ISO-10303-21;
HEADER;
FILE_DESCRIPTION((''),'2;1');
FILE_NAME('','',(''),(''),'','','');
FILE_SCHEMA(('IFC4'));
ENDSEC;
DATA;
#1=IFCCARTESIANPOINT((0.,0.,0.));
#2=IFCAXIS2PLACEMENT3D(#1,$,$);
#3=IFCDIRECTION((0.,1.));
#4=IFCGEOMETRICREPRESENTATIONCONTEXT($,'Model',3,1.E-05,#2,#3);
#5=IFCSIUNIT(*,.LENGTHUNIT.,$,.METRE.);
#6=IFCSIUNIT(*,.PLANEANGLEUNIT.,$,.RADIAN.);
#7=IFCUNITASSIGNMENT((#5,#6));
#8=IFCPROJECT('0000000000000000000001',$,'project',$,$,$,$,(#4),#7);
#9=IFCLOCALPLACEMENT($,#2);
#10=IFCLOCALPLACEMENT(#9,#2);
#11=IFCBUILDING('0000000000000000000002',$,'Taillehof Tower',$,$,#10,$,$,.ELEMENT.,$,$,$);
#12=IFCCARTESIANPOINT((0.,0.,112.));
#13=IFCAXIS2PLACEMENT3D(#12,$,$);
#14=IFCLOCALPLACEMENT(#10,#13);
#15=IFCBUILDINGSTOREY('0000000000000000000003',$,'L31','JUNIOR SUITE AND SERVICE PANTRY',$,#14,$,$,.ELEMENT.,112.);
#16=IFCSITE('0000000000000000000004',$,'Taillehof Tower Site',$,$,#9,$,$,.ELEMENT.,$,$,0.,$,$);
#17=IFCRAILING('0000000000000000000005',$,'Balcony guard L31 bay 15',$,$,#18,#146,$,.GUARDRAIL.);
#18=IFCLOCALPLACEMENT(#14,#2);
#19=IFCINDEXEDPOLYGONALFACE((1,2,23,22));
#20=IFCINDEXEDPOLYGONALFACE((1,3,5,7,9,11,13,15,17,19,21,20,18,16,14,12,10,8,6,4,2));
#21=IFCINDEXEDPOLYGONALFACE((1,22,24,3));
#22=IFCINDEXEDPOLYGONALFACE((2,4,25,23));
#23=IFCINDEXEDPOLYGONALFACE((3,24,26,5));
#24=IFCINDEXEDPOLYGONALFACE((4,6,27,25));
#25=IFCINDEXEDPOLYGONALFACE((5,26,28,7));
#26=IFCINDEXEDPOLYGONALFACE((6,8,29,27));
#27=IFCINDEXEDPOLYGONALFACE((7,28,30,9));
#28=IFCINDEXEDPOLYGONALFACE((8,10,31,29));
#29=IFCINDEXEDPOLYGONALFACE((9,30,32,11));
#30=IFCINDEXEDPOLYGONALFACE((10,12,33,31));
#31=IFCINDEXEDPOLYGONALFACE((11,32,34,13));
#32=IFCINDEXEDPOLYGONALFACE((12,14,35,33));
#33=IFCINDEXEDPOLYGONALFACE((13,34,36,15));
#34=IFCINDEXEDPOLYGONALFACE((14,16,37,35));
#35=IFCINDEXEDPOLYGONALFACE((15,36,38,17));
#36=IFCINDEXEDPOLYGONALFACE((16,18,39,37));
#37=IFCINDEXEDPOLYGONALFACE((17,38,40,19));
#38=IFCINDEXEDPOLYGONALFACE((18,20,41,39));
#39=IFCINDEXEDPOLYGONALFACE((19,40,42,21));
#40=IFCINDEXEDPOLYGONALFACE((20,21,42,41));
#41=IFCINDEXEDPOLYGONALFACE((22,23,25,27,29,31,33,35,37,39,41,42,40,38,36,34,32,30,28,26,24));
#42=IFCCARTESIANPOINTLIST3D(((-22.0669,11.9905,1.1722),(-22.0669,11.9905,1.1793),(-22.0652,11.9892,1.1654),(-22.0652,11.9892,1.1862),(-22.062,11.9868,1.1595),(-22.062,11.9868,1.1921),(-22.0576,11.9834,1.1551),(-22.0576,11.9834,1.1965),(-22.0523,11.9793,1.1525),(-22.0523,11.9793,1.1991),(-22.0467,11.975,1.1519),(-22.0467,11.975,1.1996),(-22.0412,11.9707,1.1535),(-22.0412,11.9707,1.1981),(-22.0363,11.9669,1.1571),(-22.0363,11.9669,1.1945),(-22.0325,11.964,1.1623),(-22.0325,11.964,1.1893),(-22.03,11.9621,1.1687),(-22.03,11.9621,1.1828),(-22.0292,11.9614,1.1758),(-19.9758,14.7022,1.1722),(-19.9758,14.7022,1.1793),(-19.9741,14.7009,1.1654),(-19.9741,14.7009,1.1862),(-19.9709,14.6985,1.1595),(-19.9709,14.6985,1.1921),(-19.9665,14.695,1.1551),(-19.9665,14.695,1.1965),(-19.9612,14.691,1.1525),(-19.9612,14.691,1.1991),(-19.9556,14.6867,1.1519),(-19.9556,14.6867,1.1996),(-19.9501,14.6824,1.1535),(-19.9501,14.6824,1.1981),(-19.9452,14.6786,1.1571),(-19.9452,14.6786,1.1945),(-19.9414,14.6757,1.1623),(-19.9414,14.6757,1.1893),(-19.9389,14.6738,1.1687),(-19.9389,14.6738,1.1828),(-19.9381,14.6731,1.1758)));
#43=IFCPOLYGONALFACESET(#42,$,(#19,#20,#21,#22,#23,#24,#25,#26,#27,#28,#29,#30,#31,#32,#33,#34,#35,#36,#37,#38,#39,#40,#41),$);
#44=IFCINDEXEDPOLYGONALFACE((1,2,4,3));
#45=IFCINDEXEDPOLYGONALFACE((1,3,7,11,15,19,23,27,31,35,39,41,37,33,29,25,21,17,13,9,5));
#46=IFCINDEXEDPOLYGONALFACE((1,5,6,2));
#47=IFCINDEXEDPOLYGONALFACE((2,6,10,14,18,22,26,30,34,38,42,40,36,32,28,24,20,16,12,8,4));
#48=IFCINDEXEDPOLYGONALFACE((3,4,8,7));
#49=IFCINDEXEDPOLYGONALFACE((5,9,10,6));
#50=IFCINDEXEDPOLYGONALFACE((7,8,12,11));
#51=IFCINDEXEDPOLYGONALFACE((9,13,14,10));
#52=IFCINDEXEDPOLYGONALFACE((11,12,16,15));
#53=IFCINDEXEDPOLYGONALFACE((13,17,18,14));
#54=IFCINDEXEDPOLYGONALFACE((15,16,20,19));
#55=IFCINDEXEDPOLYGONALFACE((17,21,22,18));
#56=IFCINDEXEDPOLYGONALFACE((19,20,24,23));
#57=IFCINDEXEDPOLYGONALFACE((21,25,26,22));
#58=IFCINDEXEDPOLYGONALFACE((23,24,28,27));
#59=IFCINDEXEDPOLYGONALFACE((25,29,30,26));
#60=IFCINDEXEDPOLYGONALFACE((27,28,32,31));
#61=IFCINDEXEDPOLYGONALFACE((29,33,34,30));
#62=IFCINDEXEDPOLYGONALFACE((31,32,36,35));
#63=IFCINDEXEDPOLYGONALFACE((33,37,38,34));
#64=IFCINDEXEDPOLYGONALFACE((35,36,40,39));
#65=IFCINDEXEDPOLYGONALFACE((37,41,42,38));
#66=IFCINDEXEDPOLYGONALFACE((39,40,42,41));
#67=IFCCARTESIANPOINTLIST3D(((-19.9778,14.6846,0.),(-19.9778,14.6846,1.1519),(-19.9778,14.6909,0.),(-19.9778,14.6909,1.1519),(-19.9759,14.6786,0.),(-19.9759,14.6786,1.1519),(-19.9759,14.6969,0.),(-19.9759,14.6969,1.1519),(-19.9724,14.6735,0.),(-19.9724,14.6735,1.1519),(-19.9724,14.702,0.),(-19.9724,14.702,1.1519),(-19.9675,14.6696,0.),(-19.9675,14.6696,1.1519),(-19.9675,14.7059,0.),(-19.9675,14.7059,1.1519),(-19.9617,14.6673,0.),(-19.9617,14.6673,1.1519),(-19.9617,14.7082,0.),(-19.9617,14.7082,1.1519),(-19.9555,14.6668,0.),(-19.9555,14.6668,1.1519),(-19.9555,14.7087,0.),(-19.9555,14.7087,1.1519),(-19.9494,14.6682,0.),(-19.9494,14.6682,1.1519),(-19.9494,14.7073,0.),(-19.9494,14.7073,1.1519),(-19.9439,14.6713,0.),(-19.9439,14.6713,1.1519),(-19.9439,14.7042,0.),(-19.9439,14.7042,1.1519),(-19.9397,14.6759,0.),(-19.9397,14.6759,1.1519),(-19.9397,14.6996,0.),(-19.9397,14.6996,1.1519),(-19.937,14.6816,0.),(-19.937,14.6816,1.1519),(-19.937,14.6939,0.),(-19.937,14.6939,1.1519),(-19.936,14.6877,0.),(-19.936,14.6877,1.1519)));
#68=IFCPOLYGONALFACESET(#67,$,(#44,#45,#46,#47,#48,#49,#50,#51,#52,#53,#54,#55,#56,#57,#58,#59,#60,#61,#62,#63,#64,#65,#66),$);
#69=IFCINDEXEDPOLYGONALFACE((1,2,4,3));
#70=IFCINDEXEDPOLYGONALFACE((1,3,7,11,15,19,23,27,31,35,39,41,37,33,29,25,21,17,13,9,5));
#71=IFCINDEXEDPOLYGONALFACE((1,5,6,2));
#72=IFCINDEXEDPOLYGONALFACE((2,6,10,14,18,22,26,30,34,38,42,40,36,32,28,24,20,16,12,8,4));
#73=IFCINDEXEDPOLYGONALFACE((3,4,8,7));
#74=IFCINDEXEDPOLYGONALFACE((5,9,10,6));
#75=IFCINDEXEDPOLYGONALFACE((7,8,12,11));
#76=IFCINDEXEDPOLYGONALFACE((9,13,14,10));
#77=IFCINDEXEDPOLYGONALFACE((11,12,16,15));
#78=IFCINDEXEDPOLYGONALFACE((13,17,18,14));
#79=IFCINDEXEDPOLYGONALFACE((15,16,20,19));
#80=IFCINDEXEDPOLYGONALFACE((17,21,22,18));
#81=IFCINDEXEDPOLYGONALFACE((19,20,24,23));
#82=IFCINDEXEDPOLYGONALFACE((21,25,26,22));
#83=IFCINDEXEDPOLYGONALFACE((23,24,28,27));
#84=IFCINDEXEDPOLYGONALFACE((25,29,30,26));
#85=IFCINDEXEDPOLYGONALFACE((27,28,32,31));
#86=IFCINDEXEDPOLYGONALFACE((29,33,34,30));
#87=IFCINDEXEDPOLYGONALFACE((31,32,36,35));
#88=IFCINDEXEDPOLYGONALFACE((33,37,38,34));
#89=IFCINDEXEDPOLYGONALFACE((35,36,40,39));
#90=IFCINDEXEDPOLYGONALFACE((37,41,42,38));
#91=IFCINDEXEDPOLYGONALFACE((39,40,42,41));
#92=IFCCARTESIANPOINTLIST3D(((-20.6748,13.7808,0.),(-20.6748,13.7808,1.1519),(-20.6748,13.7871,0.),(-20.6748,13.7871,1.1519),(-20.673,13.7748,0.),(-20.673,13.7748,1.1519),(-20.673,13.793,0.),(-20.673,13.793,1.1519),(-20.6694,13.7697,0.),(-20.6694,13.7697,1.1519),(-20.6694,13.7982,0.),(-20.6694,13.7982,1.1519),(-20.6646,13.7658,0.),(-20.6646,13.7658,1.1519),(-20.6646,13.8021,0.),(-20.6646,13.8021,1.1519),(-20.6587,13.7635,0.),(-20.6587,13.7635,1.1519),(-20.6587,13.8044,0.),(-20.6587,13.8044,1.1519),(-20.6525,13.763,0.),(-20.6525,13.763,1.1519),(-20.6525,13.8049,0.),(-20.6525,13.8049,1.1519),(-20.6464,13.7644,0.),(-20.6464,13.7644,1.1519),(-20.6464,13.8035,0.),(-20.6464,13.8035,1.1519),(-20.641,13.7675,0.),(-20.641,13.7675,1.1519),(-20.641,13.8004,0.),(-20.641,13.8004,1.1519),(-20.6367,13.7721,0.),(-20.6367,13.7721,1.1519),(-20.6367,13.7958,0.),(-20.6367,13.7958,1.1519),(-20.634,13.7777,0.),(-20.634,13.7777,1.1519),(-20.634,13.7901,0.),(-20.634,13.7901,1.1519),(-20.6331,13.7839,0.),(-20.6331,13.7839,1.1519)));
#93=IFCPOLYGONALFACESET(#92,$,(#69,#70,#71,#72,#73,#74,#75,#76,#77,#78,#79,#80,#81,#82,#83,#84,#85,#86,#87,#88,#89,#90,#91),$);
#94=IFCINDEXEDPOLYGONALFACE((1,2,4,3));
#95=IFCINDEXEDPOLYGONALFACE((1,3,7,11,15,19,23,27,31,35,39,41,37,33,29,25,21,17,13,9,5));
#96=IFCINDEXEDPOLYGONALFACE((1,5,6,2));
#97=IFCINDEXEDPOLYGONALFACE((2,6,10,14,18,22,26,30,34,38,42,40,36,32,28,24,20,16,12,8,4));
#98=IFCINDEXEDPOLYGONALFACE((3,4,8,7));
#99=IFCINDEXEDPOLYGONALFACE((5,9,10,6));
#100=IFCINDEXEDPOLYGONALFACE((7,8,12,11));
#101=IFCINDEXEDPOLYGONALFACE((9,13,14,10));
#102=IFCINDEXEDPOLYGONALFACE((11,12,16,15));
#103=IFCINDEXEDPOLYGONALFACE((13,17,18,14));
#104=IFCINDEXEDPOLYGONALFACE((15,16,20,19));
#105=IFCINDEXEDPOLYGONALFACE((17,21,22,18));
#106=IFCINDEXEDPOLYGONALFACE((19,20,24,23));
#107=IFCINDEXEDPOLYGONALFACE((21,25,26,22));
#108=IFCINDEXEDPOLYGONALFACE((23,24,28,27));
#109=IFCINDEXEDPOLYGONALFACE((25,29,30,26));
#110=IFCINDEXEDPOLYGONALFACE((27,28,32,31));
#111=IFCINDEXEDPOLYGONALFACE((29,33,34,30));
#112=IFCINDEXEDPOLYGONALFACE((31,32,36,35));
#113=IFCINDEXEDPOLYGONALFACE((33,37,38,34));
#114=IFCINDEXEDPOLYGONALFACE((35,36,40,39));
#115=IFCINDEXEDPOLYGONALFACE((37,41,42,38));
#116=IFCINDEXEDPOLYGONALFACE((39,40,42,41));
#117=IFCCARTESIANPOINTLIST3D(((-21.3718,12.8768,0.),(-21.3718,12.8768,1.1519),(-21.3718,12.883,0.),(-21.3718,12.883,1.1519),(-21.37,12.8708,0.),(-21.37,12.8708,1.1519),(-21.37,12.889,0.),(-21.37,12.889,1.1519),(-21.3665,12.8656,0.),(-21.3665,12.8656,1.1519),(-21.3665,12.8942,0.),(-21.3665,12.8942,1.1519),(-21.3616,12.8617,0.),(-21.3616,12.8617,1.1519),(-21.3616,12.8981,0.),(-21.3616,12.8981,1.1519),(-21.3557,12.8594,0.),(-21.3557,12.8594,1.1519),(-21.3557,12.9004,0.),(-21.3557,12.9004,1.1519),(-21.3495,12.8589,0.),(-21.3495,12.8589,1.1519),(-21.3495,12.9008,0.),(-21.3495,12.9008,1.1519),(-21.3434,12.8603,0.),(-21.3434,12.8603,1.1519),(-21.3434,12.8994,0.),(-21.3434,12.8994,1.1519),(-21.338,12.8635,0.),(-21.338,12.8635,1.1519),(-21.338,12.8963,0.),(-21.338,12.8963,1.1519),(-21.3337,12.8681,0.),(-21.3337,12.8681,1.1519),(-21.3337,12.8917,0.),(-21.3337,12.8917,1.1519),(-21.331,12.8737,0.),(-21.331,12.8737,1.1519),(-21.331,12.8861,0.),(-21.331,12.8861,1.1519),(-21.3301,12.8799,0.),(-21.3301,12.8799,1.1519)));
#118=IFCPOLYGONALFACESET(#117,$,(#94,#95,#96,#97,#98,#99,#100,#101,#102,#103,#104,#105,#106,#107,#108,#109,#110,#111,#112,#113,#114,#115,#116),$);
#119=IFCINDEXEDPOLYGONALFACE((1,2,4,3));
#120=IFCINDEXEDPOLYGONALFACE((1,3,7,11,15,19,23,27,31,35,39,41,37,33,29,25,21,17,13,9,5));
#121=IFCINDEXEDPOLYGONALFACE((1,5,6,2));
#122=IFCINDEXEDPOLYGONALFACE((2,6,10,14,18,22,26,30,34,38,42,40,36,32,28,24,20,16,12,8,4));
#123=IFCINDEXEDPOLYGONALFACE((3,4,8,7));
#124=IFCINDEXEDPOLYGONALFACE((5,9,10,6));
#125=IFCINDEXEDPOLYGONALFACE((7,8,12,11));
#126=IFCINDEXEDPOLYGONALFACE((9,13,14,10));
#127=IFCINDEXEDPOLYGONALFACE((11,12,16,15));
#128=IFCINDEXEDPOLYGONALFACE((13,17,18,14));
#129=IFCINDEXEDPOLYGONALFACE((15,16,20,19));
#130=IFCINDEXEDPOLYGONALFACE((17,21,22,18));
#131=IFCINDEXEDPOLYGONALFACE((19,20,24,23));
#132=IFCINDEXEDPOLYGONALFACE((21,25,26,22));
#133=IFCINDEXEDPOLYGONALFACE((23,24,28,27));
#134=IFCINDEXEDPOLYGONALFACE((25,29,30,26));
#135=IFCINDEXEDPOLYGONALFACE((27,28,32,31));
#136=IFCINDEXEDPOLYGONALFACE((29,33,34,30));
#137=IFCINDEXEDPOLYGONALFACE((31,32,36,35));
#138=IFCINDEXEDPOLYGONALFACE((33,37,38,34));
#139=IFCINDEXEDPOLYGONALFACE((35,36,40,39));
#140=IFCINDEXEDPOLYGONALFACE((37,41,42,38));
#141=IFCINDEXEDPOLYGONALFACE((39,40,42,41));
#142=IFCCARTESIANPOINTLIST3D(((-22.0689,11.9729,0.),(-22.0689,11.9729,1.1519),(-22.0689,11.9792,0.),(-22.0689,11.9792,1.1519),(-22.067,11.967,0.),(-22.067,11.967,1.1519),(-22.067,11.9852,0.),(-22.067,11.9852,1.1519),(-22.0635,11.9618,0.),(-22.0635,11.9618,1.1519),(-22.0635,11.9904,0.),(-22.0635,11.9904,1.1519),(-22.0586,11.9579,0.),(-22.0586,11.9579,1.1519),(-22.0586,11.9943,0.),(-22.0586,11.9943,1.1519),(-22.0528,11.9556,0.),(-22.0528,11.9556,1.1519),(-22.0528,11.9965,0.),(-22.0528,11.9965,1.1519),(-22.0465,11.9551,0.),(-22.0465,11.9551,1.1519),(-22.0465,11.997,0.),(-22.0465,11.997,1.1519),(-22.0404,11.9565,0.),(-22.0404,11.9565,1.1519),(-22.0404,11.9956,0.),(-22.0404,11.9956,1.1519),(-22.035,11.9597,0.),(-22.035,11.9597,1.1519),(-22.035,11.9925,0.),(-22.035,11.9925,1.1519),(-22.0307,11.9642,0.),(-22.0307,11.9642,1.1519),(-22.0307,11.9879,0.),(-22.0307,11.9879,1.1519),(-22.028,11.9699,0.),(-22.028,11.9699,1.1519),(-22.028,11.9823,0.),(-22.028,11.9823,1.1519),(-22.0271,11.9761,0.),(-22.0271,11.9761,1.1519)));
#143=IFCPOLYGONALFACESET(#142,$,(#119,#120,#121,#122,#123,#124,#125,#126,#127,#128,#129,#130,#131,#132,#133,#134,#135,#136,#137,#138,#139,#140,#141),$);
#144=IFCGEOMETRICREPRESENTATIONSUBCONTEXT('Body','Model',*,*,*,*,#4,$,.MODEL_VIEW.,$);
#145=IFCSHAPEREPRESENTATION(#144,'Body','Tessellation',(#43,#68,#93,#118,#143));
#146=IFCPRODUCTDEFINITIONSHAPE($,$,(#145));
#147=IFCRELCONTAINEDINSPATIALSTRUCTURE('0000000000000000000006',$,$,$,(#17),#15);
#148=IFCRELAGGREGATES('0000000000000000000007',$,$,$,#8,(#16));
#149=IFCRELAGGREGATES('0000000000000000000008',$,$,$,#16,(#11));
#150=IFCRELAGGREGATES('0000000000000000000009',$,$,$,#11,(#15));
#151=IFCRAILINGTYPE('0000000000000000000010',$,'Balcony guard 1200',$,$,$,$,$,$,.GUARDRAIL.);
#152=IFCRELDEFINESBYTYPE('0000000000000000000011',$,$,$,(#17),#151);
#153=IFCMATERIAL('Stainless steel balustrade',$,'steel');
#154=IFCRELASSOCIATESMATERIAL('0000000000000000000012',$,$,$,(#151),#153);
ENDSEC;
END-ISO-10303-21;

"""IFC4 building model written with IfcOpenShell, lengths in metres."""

from ifc_helpers import new_model, si_unit, direction, frame, origin, origin_2d, place, context, subcontext, project, spatial, circle, extrude, material, type_object, element, save


model = new_model("IFC4")

# Units and contexts
model_context = context("Model", 3, precision=1e-05, world=origin(), true_north=direction((0.0, 1.0)))
body_context = subcontext(model_context, "Body", "Model", "MODEL_VIEW")
ifc_project = project(units=[si_unit("LENGTHUNIT", "METRE"), si_unit("PLANEANGLEUNIT", "RADIAN")], contexts=[model_context])

# Site, building, storey
site_placement = place(None, origin())
site = spatial("IfcSite", under=ifc_project, at=site_placement, Name="Taillehof Tower Site", CompositionType="ELEMENT", RefElevation=0.0)
building_placement = place(site_placement, origin())
building = spatial("IfcBuilding", under=site, at=building_placement, Name="Taillehof Tower", CompositionType="ELEMENT")
storey_placement = place(building_placement, frame((0.0, 0.0, 112.0)))
storey = spatial("IfcBuildingStorey", under=building, at=storey_placement, Name="L31", Description="JUNIOR SUITE AND SERVICE PANTRY", CompositionType="ELEMENT", Elevation=112.0)

# Railing
ifc_material_1 = material(Name="Stainless steel balustrade", Category="steel")
railing_type_1 = type_object("IfcRailingType", Name="Balcony guard 1200", PredefinedType="GUARDRAIL", material=ifc_material_1)
railing_1_placement = place(storey_placement, frame((-19.957, 14.6877, 0.0)))
element("IfcRailing", 1, at=railing_1_placement, inside=storey, type_object=railing_type_1, Name="Balcony guard L31 bay 15", PredefinedType="GUARDRAIL", context=body_context, shape_type="SweptSolid", body=[
    extrude(circle(Radius=0.0239, at=origin_2d()), frame((0.0, 0.0, 1.1758), z_axis=(-0.610658, -0.791895, 0.0), x_axis=(0.791895, -0.610658, 0.0)), (0.0, 0.0, 1.0), 3.4243),
    extrude(circle(Radius=0.021, at=origin_2d()), origin(), (0.0, 0.0, 1.0), 1.1519),
    extrude(circle(Radius=0.021, at=origin_2d()), frame((-0.697, -0.9038, 0.0)), (0.0, 0.0, 1.0), 1.1519),
    extrude(circle(Radius=0.021, at=origin_2d()), frame((-1.394, -1.8079, 0.0)), (0.0, 0.0, 1.0), 1.1519),
    extrude(circle(Radius=0.021, at=origin_2d()), frame((-2.0911, -2.7117, 0.0)), (0.0, 0.0, 1.0), 1.1519),
])

save(model, "model.ifc")
